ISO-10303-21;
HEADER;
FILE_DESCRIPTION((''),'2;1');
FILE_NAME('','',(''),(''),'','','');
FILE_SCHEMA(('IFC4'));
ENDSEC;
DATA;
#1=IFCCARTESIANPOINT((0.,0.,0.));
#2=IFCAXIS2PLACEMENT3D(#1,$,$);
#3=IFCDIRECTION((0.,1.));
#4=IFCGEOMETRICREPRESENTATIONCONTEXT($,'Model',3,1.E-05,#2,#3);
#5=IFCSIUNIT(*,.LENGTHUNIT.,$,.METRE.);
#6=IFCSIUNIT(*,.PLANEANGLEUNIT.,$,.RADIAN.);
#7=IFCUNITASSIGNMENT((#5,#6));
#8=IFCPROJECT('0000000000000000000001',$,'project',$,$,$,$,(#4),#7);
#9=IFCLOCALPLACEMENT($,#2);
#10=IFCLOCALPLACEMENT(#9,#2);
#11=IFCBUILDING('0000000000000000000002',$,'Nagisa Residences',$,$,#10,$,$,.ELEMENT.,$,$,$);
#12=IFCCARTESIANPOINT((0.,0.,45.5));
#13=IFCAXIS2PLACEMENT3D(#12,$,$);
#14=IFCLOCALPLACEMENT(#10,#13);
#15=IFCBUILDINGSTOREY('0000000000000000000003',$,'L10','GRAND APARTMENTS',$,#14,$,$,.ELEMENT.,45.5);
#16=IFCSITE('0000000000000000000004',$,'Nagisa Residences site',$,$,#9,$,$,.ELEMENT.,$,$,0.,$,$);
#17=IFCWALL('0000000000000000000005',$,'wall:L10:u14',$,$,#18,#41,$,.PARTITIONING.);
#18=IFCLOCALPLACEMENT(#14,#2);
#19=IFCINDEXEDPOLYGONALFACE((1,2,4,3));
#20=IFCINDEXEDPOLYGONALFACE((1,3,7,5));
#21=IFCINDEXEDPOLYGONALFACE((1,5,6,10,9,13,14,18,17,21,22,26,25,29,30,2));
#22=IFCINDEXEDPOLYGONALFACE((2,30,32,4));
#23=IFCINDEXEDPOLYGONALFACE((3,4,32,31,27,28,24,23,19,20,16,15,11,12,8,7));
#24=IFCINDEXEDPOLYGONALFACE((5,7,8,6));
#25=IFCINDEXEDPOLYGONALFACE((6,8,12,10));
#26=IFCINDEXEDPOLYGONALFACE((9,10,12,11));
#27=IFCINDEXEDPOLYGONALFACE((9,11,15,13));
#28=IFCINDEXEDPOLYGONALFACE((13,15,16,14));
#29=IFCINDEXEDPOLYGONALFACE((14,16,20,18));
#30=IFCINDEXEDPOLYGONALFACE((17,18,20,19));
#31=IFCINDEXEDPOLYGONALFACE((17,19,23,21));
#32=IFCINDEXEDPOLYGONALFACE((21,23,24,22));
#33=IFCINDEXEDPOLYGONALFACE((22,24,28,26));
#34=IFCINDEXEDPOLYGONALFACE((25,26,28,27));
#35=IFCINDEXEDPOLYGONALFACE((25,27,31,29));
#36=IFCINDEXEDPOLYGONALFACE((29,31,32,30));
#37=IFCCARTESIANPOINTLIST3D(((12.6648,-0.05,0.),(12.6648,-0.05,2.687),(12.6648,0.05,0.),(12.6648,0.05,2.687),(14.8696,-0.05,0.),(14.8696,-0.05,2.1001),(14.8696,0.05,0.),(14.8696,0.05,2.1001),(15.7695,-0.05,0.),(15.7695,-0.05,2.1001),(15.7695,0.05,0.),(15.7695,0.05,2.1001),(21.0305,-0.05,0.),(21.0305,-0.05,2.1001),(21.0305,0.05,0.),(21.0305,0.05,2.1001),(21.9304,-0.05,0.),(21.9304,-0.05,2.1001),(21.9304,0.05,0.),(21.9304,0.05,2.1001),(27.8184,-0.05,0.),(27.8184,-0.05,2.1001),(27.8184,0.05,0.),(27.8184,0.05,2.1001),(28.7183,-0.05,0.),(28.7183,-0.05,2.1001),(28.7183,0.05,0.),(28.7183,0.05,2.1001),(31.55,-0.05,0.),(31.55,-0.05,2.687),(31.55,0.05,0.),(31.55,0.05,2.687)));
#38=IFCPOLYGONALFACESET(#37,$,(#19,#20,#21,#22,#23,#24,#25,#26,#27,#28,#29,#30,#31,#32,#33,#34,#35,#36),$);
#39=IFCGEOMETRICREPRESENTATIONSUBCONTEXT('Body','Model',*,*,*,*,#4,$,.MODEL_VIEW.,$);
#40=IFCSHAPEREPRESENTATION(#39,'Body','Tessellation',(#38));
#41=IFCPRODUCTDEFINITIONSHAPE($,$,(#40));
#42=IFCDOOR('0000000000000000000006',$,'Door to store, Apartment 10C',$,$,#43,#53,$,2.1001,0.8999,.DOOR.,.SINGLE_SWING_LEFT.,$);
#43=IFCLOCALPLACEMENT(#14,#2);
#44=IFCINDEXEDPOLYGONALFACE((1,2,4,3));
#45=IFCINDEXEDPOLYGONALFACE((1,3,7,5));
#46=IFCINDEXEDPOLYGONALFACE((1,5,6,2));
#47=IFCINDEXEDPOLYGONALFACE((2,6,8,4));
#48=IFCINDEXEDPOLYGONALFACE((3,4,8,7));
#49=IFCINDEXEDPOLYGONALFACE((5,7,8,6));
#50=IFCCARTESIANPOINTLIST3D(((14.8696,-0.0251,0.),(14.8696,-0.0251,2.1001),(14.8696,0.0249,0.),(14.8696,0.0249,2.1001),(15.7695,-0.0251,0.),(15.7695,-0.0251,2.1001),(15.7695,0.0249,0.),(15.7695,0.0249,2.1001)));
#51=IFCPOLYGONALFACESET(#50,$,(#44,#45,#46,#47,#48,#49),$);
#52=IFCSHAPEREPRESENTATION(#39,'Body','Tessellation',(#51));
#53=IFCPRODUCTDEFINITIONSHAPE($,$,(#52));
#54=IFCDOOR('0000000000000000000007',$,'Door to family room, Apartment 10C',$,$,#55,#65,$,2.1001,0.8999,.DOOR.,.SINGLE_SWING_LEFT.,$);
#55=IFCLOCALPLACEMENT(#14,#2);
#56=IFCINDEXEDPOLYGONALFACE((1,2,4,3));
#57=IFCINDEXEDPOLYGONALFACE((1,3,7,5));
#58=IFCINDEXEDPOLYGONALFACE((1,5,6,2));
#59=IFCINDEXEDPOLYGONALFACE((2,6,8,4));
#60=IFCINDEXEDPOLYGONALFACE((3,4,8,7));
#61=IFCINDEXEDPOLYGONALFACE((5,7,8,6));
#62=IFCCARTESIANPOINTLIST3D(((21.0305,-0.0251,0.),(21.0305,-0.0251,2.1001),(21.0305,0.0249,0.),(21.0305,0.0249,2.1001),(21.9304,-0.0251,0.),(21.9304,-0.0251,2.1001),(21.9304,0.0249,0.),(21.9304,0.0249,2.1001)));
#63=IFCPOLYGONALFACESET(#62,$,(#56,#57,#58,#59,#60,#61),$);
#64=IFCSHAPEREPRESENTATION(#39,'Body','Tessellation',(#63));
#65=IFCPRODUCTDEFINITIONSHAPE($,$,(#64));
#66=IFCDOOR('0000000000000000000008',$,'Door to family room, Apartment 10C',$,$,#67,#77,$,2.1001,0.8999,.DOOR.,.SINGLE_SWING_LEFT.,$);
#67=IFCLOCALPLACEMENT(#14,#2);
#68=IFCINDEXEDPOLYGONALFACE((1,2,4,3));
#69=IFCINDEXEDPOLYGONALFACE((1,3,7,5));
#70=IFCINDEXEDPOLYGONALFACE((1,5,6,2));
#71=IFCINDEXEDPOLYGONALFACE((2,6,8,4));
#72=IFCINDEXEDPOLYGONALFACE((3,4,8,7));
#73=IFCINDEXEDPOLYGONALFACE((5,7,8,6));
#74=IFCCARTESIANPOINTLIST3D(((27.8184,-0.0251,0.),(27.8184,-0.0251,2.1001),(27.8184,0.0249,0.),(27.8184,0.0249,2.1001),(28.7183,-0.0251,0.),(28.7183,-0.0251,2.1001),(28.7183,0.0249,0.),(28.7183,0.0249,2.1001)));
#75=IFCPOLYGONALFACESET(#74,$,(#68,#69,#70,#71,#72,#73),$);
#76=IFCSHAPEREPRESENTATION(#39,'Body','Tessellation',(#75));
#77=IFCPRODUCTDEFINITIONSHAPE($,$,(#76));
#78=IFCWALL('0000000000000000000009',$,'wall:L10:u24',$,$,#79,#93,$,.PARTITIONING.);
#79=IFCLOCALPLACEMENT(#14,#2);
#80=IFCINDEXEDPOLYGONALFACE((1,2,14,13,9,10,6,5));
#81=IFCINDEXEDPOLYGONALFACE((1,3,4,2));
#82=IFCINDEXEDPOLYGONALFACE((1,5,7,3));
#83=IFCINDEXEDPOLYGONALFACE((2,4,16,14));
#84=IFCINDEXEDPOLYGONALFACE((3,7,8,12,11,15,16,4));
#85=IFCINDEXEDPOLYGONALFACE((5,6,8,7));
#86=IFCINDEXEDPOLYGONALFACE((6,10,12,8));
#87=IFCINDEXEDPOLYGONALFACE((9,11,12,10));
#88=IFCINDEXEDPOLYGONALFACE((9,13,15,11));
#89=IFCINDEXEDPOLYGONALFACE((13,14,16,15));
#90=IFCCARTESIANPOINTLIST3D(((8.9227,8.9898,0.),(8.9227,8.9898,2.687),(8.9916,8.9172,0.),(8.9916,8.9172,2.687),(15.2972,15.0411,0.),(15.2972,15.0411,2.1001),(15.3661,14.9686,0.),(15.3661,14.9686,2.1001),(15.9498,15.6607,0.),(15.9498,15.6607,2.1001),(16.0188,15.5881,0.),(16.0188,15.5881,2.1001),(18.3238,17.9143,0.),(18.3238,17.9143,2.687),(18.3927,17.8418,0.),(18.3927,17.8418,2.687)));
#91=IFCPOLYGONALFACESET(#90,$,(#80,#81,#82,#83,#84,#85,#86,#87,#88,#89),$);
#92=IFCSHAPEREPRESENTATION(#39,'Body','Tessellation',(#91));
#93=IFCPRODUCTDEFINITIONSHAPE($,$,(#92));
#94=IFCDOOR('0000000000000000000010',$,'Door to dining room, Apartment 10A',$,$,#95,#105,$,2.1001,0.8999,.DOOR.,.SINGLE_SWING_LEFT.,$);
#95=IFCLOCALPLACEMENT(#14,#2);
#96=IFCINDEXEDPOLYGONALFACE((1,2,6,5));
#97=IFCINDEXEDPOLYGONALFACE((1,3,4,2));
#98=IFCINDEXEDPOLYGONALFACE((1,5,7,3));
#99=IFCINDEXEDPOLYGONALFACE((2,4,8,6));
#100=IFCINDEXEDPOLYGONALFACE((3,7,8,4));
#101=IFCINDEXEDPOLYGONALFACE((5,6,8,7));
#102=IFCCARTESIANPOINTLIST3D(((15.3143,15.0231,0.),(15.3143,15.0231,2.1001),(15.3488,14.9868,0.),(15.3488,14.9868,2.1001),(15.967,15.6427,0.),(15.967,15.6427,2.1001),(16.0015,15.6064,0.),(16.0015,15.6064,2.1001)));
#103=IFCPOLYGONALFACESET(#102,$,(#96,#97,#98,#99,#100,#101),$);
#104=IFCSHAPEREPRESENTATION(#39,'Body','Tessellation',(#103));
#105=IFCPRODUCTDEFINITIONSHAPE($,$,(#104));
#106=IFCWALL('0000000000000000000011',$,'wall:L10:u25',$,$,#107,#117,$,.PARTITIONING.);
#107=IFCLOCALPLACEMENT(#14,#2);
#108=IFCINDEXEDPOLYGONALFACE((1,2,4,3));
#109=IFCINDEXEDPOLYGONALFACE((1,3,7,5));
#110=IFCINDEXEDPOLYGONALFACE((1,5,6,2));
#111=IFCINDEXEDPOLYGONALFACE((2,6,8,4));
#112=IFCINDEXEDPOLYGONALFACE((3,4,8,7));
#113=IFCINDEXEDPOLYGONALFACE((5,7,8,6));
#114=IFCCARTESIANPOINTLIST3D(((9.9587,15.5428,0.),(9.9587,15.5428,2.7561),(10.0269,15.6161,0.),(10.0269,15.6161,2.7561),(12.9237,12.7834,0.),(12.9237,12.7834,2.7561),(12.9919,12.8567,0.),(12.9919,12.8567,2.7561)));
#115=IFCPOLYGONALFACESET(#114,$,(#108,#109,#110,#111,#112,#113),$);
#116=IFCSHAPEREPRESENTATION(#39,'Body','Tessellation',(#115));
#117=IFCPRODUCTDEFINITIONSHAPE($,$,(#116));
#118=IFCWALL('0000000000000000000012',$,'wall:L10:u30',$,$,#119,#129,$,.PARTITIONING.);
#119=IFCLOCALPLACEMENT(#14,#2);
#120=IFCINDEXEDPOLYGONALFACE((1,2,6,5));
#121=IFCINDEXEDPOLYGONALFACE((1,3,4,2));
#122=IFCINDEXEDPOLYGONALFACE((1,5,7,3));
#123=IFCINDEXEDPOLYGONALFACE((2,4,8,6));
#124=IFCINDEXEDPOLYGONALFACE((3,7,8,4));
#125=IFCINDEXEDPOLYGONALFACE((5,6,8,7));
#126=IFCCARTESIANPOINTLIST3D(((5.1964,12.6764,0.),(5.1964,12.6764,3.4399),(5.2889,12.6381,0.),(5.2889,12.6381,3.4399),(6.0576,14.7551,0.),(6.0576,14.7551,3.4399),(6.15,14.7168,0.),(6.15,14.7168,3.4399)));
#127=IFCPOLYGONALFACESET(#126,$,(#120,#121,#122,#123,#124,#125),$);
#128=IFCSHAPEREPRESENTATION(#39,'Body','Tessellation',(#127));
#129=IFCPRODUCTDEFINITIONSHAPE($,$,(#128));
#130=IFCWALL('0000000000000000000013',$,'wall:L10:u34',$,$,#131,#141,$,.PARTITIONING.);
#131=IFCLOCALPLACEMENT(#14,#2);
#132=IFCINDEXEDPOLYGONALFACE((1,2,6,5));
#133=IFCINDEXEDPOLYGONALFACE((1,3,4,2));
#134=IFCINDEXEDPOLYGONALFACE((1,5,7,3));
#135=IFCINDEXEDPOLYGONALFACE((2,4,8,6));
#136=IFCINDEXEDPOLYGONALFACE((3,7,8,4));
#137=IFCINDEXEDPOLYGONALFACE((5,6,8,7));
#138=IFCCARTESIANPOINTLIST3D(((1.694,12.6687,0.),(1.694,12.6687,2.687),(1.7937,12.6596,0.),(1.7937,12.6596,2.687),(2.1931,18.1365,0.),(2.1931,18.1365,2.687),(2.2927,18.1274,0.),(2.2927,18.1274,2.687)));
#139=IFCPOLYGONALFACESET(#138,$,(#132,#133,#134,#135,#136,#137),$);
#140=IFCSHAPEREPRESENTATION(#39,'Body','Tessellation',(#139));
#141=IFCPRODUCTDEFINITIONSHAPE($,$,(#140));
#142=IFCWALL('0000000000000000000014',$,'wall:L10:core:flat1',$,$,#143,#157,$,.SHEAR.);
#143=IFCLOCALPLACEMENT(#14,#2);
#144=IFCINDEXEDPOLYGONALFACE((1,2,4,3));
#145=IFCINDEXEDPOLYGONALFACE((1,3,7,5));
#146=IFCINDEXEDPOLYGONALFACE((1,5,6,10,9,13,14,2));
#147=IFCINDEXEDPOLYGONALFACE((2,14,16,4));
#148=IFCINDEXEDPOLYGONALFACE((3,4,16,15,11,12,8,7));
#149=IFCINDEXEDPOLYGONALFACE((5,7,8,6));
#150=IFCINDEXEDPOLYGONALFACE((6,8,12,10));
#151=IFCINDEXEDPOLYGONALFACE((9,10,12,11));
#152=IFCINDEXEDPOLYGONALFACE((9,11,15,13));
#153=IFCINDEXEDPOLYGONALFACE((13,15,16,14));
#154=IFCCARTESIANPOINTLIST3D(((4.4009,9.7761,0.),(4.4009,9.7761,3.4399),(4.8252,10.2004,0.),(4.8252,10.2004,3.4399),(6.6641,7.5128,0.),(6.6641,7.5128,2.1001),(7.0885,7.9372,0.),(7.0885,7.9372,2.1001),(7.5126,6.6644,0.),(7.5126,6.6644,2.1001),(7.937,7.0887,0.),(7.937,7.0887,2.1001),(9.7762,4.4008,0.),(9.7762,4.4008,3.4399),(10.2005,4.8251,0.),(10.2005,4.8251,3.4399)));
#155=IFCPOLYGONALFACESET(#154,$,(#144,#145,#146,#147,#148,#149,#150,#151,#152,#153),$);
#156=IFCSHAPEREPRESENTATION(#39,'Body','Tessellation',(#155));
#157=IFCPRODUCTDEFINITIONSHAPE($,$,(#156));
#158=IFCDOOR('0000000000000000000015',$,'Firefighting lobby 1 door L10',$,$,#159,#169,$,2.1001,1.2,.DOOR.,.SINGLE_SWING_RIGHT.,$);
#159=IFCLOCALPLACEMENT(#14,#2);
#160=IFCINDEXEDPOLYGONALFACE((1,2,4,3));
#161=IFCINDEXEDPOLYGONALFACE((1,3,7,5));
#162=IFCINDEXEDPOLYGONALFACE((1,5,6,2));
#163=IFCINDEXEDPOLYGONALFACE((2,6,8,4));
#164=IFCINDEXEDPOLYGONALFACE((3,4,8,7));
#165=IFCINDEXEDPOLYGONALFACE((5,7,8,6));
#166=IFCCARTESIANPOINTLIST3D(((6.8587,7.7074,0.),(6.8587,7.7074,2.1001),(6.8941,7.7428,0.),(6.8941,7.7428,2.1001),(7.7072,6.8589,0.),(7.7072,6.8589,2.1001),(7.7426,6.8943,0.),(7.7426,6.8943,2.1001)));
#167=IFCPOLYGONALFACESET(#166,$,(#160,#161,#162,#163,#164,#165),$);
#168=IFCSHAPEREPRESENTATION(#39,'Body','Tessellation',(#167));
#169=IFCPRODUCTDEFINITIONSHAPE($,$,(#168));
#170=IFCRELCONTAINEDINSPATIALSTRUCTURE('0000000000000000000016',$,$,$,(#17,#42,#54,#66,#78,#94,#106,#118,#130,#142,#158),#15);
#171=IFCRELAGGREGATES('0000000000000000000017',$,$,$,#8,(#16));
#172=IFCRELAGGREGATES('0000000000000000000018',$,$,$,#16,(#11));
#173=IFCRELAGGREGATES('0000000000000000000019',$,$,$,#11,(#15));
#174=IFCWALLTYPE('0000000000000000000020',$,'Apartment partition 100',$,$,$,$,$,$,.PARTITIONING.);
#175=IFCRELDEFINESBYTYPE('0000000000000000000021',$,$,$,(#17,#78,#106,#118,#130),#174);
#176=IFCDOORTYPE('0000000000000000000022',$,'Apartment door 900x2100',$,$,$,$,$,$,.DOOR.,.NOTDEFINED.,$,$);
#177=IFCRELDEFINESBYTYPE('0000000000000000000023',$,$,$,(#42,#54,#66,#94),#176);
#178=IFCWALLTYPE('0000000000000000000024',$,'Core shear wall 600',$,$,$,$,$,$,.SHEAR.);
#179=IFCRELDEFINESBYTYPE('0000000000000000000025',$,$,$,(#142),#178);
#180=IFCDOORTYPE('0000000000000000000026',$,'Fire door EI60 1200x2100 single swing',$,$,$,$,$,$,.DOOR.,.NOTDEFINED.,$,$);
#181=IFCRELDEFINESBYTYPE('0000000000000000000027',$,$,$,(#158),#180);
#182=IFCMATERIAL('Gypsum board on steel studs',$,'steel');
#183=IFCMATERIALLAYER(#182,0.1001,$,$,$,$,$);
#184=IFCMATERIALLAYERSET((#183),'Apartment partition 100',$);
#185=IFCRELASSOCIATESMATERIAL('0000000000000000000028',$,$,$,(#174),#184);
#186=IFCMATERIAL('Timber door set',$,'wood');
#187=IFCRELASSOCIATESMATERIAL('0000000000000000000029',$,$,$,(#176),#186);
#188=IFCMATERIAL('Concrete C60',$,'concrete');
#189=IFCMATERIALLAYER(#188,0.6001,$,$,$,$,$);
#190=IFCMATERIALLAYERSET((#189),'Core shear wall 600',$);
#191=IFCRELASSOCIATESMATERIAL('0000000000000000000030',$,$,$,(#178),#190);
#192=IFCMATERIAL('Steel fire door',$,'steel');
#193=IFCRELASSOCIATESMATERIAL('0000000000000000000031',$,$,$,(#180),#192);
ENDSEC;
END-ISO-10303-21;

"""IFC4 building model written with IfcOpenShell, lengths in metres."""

from ifc_helpers import new_model, si_unit, direction, frame, frame_2d, origin, place, context, subcontext, project, spatial, rectangle, extrude, material, layer, layer_set, type_object, element, fill, save


model = new_model("IFC4")

# Units and contexts
model_context = context("Model", 3, precision=1e-05, world=origin(), true_north=direction((0.0, 1.0)))
body_context = subcontext(model_context, "Body", "Model", "MODEL_VIEW")
ifc_project = project(units=[si_unit("LENGTHUNIT", "METRE"), si_unit("PLANEANGLEUNIT", "RADIAN")], contexts=[model_context])

# Site, building, storey
site_placement = place(None, origin())
site = spatial("IfcSite", under=ifc_project, at=site_placement, Name="Nagisa Residences site", CompositionType="ELEMENT", RefElevation=0.0)
building_placement = place(site_placement, origin())
building = spatial("IfcBuilding", under=site, at=building_placement, Name="Nagisa Residences", CompositionType="ELEMENT")
storey_placement = place(building_placement, frame((0.0, 0.0, 45.5)))
storey = spatial("IfcBuildingStorey", under=building, at=storey_placement, Name="L10", Description="GRAND APARTMENTS", CompositionType="ELEMENT", Elevation=45.5)

# Wall, openings, doors
ifc_material_1 = material(Name="Gypsum board on steel studs", Category="steel")
ifc_layer_1 = layer(ifc_material_1, 0.1001)
ifc_layer_set_1 = layer_set([ifc_layer_1], Name="Apartment partition 100")
wall_type_1 = type_object("IfcWallType", Name="Apartment partition 100", PredefinedType="PARTITIONING", material=ifc_layer_set_1)
wall_1_placement = place(storey_placement, frame((12.6648, 0.0, 0.0), z_axis=(0.0, 0.0, 1.0), x_axis=(1.0, 0.0, 0.0)))
wall_1 = element("IfcWall", 1, at=wall_1_placement, inside=storey, type_object=wall_type_1, Name="wall:L10:u14", PredefinedType="PARTITIONING", context=body_context, shape_type="SweptSolid", body=[
    extrude(rectangle(XDim=18.8853, YDim=0.1001, at=frame_2d((9.4426, 0.0))), origin(), (0.0, 0.0, 1.0), 2.687),
])
opening_1_placement = place(wall_1_placement, frame((2.2048, 0.0, 0.0)))
opening_1 = element("IfcOpeningElement", 2, at=opening_1_placement, cuts=wall_1, PredefinedType="OPENING", context=body_context, shape_type="SweptSolid", body=[
    extrude(rectangle(XDim=0.8999, YDim=2.1001, at=frame_2d((0.45, 1.05))), frame((0.0, 0.0601, 0.0), z_axis=(0.0, -1.0, 0.0), x_axis=(1.0, 0.0, 0.0)), (0.0, 0.0, 1.0), 0.1201),
])
opening_2_placement = place(wall_1_placement, frame((8.3657, 0.0, 0.0)))
opening_2 = element("IfcOpeningElement", 3, at=opening_2_placement, cuts=wall_1, PredefinedType="OPENING", context=body_context, shape_type="SweptSolid", body=[
    extrude(rectangle(XDim=0.8999, YDim=2.1001, at=frame_2d((0.45, 1.05))), frame((0.0, 0.0601, 0.0), z_axis=(0.0, -1.0, 0.0), x_axis=(1.0, 0.0, 0.0)), (0.0, 0.0, 1.0), 0.1201),
])
opening_3_placement = place(wall_1_placement, frame((15.1536, 0.0, 0.0)))
opening_3 = element("IfcOpeningElement", 4, at=opening_3_placement, cuts=wall_1, PredefinedType="OPENING", context=body_context, shape_type="SweptSolid", body=[
    extrude(rectangle(XDim=0.8999, YDim=2.1001, at=frame_2d((0.45, 1.05))), frame((0.0, 0.0601, 0.0), z_axis=(0.0, -1.0, 0.0), x_axis=(1.0, 0.0, 0.0)), (0.0, 0.0, 1.0), 0.1201),
])
ifc_material_2 = material(Name="Timber door set", Category="wood")
door_type_1 = type_object("IfcDoorType", Name="Apartment door 900x2100", OperationType="NOTDEFINED", PredefinedType="DOOR", material=ifc_material_2)
door_1_placement = place(opening_1_placement, origin())
door_1 = element("IfcDoor", 5, at=door_1_placement, inside=storey, type_object=door_type_1, Name="Door to store, Apartment 10C", OperationType="SINGLE_SWING_LEFT", OverallHeight=2.1001, OverallWidth=0.8999, PredefinedType="DOOR", context=body_context, shape_type="SweptSolid", body=[
    extrude(rectangle(XDim=0.8999, YDim=2.1001, at=frame_2d((0.45, 1.05))), frame((0.0, 0.0249, 0.0), z_axis=(0.0, -1.0, 0.0), x_axis=(1.0, 0.0, 0.0)), (0.0, 0.0, 1.0), 0.05),
])
fill(opening_1, door_1)
door_2_placement = place(opening_2_placement, origin())
door_2 = element("IfcDoor", 6, at=door_2_placement, inside=storey, type_object=door_type_1, Name="Door to family room, Apartment 10C", OperationType="SINGLE_SWING_LEFT", OverallHeight=2.1001, OverallWidth=0.8999, PredefinedType="DOOR", context=body_context, shape_type="SweptSolid", body=[
    extrude(rectangle(XDim=0.8999, YDim=2.1001, at=frame_2d((0.45, 1.05))), frame((0.0, 0.0249, 0.0), z_axis=(0.0, -1.0, 0.0), x_axis=(1.0, 0.0, 0.0)), (0.0, 0.0, 1.0), 0.05),
])
fill(opening_2, door_2)
door_3_placement = place(opening_3_placement, origin())
door_3 = element("IfcDoor", 7, at=door_3_placement, inside=storey, type_object=door_type_1, Name="Door to family room, Apartment 10C", OperationType="SINGLE_SWING_LEFT", OverallHeight=2.1001, OverallWidth=0.8999, PredefinedType="DOOR", context=body_context, shape_type="SweptSolid", body=[
    extrude(rectangle(XDim=0.8999, YDim=2.1001, at=frame_2d((0.45, 1.05))), frame((0.0, 0.0249, 0.0), z_axis=(0.0, -1.0, 0.0), x_axis=(1.0, 0.0, 0.0)), (0.0, 0.0, 1.0), 0.05),
])
fill(opening_3, door_3)

# Wall, opening, door
wall_2_placement = place(storey_placement, frame((8.957, 8.9534, 0.0), z_axis=(0.0, 0.0, 1.0), x_axis=(0.72525, 0.688486, 0.0)))
wall_2 = element("IfcWall", 8, at=wall_2_placement, inside=storey, type_object=wall_type_1, Name="wall:L10:u24", PredefinedType="PARTITIONING", context=body_context, shape_type="SweptSolid", body=[
    extrude(rectangle(XDim=12.9626, YDim=0.1001, at=frame_2d((6.4814, 0.0))), origin(), (0.0, 0.0, 1.0), 2.687),
])
opening_4_placement = place(wall_2_placement, frame((8.7896, 0.0, 0.0)))
opening_4 = element("IfcOpeningElement", 9, at=opening_4_placement, cuts=wall_2, PredefinedType="OPENING", context=body_context, shape_type="SweptSolid", body=[
    extrude(rectangle(XDim=0.8999, YDim=2.1001, at=frame_2d((0.45, 1.05))), frame((0.0, 0.0601, 0.0), z_axis=(0.0, -1.0, 0.0), x_axis=(1.0, 0.0, 0.0)), (0.0, 0.0, 1.0), 0.1201),
])
door_4_placement = place(opening_4_placement, frame((0.8999, 0.0, 0.0), x_axis=(-1.0, 0.0, 0.0)))
door_4 = element("IfcDoor", 10, at=door_4_placement, inside=storey, type_object=door_type_1, Name="Door to dining room, Apartment 10A", OperationType="SINGLE_SWING_LEFT", OverallHeight=2.1001, OverallWidth=0.8999, PredefinedType="DOOR", context=body_context, shape_type="SweptSolid", body=[
    extrude(rectangle(XDim=0.8999, YDim=2.1001, at=frame_2d((0.45, 1.05))), frame((0.0, 0.0249, 0.0), z_axis=(0.0, -1.0, 0.0), x_axis=(1.0, 0.0, 0.0)), (0.0, 0.0, 1.0), 0.05),
])
fill(opening_4, door_4)

# Walls
wall_3_placement = place(storey_placement, frame((12.9578, 12.8201, 0.0), z_axis=(0.0, 0.0, 1.0), x_axis=(-0.732029, 0.681274, 0.0)))
element("IfcWall", 11, at=wall_3_placement, inside=storey, type_object=wall_type_1, Name="wall:L10:u25", PredefinedType="PARTITIONING", context=body_context, shape_type="SweptSolid", body=[
    extrude(rectangle(XDim=4.0503, YDim=0.1001, at=frame_2d((2.0251, 0.0))), origin(), (0.0, 0.0, 1.0), 2.7561),
])
wall_4_placement = place(storey_placement, frame((5.2427, 12.6572, 0.0), z_axis=(0.0, 0.0, 1.0), x_axis=(0.382719, 0.923865, 0.0)))
element("IfcWall", 12, at=wall_4_placement, inside=storey, type_object=wall_type_1, Name="wall:L10:u30", PredefinedType="PARTITIONING", context=body_context, shape_type="SweptSolid", body=[
    extrude(rectangle(XDim=2.25, YDim=0.1001, at=frame_2d((1.125, 0.0))), origin(), (0.0, 0.0, 1.0), 3.4399),
])
wall_5_placement = place(storey_placement, frame((1.7439, 12.6643, 0.0), z_axis=(0.0, 0.0, 1.0), x_axis=(0.090889, 0.995861, 0.0)))
element("IfcWall", 13, at=wall_5_placement, inside=storey, type_object=wall_type_1, Name="wall:L10:u34", PredefinedType="PARTITIONING", context=body_context, shape_type="SweptSolid", body=[
    extrude(rectangle(XDim=5.4905, YDim=0.1001, at=frame_2d((2.7451, 0.0))), origin(), (0.0, 0.0, 1.0), 2.687),
])

# Wall, opening, door
ifc_material_3 = material(Name="Concrete C60", Category="concrete")
ifc_layer_2 = layer(ifc_material_3, 0.6001)
ifc_layer_set_2 = layer_set([ifc_layer_2], Name="Core shear wall 600")
wall_type_2 = type_object("IfcWallType", Name="Core shear wall 600", PredefinedType="SHEAR", material=ifc_layer_set_2)
wall_6_placement = place(storey_placement, frame((9.9883, 4.613, 0.0), z_axis=(0.0, 0.0, 1.0), x_axis=(-0.707107, 0.707107, 0.0)))
wall_6 = element("IfcWall", 14, at=wall_6_placement, inside=storey, type_object=wall_type_2, Name="wall:L10:core:flat1", PredefinedType="SHEAR", context=body_context, shape_type="SweptSolid", body=[
    extrude(rectangle(XDim=7.6018, YDim=0.6001, at=frame_2d((3.8008, 0.0))), origin(), (0.0, 0.0, 1.0), 3.4399),
])
opening_5_placement = place(wall_6_placement, frame((3.2009, 0.0, 0.0)))
opening_5 = element("IfcOpeningElement", 15, at=opening_5_placement, cuts=wall_6, PredefinedType="OPENING", context=body_context, shape_type="SweptSolid", body=[
    extrude(rectangle(XDim=1.2, YDim=2.1001, at=frame_2d((0.6001, 1.05))), frame((0.0, 0.3101, 0.0), z_axis=(0.0, -1.0, 0.0), x_axis=(1.0, 0.0, 0.0)), (0.0, 0.0, 1.0), 0.6201),
])
ifc_material_4 = material(Name="Steel fire door", Category="steel")
door_type_2 = type_object("IfcDoorType", Name="Fire door EI60 1200x2100 single swing", OperationType="NOTDEFINED", PredefinedType="DOOR", material=ifc_material_4)
door_5_placement = place(opening_5_placement, origin())
door_5 = element("IfcDoor", 16, at=door_5_placement, inside=storey, type_object=door_type_2, Name="Firefighting lobby 1 door L10", OperationType="SINGLE_SWING_RIGHT", OverallHeight=2.1001, OverallWidth=1.2, PredefinedType="DOOR", context=body_context, shape_type="SweptSolid", body=[
    extrude(rectangle(XDim=1.2, YDim=2.1001, at=frame_2d((0.6001, 1.05))), frame((0.0, 0.0249, 0.0), z_axis=(0.0, -1.0, 0.0), x_axis=(1.0, 0.0, 0.0)), (0.0, 0.0, 1.0), 0.05),
])
fill(opening_5, door_5)

save(model, "model.ifc")
